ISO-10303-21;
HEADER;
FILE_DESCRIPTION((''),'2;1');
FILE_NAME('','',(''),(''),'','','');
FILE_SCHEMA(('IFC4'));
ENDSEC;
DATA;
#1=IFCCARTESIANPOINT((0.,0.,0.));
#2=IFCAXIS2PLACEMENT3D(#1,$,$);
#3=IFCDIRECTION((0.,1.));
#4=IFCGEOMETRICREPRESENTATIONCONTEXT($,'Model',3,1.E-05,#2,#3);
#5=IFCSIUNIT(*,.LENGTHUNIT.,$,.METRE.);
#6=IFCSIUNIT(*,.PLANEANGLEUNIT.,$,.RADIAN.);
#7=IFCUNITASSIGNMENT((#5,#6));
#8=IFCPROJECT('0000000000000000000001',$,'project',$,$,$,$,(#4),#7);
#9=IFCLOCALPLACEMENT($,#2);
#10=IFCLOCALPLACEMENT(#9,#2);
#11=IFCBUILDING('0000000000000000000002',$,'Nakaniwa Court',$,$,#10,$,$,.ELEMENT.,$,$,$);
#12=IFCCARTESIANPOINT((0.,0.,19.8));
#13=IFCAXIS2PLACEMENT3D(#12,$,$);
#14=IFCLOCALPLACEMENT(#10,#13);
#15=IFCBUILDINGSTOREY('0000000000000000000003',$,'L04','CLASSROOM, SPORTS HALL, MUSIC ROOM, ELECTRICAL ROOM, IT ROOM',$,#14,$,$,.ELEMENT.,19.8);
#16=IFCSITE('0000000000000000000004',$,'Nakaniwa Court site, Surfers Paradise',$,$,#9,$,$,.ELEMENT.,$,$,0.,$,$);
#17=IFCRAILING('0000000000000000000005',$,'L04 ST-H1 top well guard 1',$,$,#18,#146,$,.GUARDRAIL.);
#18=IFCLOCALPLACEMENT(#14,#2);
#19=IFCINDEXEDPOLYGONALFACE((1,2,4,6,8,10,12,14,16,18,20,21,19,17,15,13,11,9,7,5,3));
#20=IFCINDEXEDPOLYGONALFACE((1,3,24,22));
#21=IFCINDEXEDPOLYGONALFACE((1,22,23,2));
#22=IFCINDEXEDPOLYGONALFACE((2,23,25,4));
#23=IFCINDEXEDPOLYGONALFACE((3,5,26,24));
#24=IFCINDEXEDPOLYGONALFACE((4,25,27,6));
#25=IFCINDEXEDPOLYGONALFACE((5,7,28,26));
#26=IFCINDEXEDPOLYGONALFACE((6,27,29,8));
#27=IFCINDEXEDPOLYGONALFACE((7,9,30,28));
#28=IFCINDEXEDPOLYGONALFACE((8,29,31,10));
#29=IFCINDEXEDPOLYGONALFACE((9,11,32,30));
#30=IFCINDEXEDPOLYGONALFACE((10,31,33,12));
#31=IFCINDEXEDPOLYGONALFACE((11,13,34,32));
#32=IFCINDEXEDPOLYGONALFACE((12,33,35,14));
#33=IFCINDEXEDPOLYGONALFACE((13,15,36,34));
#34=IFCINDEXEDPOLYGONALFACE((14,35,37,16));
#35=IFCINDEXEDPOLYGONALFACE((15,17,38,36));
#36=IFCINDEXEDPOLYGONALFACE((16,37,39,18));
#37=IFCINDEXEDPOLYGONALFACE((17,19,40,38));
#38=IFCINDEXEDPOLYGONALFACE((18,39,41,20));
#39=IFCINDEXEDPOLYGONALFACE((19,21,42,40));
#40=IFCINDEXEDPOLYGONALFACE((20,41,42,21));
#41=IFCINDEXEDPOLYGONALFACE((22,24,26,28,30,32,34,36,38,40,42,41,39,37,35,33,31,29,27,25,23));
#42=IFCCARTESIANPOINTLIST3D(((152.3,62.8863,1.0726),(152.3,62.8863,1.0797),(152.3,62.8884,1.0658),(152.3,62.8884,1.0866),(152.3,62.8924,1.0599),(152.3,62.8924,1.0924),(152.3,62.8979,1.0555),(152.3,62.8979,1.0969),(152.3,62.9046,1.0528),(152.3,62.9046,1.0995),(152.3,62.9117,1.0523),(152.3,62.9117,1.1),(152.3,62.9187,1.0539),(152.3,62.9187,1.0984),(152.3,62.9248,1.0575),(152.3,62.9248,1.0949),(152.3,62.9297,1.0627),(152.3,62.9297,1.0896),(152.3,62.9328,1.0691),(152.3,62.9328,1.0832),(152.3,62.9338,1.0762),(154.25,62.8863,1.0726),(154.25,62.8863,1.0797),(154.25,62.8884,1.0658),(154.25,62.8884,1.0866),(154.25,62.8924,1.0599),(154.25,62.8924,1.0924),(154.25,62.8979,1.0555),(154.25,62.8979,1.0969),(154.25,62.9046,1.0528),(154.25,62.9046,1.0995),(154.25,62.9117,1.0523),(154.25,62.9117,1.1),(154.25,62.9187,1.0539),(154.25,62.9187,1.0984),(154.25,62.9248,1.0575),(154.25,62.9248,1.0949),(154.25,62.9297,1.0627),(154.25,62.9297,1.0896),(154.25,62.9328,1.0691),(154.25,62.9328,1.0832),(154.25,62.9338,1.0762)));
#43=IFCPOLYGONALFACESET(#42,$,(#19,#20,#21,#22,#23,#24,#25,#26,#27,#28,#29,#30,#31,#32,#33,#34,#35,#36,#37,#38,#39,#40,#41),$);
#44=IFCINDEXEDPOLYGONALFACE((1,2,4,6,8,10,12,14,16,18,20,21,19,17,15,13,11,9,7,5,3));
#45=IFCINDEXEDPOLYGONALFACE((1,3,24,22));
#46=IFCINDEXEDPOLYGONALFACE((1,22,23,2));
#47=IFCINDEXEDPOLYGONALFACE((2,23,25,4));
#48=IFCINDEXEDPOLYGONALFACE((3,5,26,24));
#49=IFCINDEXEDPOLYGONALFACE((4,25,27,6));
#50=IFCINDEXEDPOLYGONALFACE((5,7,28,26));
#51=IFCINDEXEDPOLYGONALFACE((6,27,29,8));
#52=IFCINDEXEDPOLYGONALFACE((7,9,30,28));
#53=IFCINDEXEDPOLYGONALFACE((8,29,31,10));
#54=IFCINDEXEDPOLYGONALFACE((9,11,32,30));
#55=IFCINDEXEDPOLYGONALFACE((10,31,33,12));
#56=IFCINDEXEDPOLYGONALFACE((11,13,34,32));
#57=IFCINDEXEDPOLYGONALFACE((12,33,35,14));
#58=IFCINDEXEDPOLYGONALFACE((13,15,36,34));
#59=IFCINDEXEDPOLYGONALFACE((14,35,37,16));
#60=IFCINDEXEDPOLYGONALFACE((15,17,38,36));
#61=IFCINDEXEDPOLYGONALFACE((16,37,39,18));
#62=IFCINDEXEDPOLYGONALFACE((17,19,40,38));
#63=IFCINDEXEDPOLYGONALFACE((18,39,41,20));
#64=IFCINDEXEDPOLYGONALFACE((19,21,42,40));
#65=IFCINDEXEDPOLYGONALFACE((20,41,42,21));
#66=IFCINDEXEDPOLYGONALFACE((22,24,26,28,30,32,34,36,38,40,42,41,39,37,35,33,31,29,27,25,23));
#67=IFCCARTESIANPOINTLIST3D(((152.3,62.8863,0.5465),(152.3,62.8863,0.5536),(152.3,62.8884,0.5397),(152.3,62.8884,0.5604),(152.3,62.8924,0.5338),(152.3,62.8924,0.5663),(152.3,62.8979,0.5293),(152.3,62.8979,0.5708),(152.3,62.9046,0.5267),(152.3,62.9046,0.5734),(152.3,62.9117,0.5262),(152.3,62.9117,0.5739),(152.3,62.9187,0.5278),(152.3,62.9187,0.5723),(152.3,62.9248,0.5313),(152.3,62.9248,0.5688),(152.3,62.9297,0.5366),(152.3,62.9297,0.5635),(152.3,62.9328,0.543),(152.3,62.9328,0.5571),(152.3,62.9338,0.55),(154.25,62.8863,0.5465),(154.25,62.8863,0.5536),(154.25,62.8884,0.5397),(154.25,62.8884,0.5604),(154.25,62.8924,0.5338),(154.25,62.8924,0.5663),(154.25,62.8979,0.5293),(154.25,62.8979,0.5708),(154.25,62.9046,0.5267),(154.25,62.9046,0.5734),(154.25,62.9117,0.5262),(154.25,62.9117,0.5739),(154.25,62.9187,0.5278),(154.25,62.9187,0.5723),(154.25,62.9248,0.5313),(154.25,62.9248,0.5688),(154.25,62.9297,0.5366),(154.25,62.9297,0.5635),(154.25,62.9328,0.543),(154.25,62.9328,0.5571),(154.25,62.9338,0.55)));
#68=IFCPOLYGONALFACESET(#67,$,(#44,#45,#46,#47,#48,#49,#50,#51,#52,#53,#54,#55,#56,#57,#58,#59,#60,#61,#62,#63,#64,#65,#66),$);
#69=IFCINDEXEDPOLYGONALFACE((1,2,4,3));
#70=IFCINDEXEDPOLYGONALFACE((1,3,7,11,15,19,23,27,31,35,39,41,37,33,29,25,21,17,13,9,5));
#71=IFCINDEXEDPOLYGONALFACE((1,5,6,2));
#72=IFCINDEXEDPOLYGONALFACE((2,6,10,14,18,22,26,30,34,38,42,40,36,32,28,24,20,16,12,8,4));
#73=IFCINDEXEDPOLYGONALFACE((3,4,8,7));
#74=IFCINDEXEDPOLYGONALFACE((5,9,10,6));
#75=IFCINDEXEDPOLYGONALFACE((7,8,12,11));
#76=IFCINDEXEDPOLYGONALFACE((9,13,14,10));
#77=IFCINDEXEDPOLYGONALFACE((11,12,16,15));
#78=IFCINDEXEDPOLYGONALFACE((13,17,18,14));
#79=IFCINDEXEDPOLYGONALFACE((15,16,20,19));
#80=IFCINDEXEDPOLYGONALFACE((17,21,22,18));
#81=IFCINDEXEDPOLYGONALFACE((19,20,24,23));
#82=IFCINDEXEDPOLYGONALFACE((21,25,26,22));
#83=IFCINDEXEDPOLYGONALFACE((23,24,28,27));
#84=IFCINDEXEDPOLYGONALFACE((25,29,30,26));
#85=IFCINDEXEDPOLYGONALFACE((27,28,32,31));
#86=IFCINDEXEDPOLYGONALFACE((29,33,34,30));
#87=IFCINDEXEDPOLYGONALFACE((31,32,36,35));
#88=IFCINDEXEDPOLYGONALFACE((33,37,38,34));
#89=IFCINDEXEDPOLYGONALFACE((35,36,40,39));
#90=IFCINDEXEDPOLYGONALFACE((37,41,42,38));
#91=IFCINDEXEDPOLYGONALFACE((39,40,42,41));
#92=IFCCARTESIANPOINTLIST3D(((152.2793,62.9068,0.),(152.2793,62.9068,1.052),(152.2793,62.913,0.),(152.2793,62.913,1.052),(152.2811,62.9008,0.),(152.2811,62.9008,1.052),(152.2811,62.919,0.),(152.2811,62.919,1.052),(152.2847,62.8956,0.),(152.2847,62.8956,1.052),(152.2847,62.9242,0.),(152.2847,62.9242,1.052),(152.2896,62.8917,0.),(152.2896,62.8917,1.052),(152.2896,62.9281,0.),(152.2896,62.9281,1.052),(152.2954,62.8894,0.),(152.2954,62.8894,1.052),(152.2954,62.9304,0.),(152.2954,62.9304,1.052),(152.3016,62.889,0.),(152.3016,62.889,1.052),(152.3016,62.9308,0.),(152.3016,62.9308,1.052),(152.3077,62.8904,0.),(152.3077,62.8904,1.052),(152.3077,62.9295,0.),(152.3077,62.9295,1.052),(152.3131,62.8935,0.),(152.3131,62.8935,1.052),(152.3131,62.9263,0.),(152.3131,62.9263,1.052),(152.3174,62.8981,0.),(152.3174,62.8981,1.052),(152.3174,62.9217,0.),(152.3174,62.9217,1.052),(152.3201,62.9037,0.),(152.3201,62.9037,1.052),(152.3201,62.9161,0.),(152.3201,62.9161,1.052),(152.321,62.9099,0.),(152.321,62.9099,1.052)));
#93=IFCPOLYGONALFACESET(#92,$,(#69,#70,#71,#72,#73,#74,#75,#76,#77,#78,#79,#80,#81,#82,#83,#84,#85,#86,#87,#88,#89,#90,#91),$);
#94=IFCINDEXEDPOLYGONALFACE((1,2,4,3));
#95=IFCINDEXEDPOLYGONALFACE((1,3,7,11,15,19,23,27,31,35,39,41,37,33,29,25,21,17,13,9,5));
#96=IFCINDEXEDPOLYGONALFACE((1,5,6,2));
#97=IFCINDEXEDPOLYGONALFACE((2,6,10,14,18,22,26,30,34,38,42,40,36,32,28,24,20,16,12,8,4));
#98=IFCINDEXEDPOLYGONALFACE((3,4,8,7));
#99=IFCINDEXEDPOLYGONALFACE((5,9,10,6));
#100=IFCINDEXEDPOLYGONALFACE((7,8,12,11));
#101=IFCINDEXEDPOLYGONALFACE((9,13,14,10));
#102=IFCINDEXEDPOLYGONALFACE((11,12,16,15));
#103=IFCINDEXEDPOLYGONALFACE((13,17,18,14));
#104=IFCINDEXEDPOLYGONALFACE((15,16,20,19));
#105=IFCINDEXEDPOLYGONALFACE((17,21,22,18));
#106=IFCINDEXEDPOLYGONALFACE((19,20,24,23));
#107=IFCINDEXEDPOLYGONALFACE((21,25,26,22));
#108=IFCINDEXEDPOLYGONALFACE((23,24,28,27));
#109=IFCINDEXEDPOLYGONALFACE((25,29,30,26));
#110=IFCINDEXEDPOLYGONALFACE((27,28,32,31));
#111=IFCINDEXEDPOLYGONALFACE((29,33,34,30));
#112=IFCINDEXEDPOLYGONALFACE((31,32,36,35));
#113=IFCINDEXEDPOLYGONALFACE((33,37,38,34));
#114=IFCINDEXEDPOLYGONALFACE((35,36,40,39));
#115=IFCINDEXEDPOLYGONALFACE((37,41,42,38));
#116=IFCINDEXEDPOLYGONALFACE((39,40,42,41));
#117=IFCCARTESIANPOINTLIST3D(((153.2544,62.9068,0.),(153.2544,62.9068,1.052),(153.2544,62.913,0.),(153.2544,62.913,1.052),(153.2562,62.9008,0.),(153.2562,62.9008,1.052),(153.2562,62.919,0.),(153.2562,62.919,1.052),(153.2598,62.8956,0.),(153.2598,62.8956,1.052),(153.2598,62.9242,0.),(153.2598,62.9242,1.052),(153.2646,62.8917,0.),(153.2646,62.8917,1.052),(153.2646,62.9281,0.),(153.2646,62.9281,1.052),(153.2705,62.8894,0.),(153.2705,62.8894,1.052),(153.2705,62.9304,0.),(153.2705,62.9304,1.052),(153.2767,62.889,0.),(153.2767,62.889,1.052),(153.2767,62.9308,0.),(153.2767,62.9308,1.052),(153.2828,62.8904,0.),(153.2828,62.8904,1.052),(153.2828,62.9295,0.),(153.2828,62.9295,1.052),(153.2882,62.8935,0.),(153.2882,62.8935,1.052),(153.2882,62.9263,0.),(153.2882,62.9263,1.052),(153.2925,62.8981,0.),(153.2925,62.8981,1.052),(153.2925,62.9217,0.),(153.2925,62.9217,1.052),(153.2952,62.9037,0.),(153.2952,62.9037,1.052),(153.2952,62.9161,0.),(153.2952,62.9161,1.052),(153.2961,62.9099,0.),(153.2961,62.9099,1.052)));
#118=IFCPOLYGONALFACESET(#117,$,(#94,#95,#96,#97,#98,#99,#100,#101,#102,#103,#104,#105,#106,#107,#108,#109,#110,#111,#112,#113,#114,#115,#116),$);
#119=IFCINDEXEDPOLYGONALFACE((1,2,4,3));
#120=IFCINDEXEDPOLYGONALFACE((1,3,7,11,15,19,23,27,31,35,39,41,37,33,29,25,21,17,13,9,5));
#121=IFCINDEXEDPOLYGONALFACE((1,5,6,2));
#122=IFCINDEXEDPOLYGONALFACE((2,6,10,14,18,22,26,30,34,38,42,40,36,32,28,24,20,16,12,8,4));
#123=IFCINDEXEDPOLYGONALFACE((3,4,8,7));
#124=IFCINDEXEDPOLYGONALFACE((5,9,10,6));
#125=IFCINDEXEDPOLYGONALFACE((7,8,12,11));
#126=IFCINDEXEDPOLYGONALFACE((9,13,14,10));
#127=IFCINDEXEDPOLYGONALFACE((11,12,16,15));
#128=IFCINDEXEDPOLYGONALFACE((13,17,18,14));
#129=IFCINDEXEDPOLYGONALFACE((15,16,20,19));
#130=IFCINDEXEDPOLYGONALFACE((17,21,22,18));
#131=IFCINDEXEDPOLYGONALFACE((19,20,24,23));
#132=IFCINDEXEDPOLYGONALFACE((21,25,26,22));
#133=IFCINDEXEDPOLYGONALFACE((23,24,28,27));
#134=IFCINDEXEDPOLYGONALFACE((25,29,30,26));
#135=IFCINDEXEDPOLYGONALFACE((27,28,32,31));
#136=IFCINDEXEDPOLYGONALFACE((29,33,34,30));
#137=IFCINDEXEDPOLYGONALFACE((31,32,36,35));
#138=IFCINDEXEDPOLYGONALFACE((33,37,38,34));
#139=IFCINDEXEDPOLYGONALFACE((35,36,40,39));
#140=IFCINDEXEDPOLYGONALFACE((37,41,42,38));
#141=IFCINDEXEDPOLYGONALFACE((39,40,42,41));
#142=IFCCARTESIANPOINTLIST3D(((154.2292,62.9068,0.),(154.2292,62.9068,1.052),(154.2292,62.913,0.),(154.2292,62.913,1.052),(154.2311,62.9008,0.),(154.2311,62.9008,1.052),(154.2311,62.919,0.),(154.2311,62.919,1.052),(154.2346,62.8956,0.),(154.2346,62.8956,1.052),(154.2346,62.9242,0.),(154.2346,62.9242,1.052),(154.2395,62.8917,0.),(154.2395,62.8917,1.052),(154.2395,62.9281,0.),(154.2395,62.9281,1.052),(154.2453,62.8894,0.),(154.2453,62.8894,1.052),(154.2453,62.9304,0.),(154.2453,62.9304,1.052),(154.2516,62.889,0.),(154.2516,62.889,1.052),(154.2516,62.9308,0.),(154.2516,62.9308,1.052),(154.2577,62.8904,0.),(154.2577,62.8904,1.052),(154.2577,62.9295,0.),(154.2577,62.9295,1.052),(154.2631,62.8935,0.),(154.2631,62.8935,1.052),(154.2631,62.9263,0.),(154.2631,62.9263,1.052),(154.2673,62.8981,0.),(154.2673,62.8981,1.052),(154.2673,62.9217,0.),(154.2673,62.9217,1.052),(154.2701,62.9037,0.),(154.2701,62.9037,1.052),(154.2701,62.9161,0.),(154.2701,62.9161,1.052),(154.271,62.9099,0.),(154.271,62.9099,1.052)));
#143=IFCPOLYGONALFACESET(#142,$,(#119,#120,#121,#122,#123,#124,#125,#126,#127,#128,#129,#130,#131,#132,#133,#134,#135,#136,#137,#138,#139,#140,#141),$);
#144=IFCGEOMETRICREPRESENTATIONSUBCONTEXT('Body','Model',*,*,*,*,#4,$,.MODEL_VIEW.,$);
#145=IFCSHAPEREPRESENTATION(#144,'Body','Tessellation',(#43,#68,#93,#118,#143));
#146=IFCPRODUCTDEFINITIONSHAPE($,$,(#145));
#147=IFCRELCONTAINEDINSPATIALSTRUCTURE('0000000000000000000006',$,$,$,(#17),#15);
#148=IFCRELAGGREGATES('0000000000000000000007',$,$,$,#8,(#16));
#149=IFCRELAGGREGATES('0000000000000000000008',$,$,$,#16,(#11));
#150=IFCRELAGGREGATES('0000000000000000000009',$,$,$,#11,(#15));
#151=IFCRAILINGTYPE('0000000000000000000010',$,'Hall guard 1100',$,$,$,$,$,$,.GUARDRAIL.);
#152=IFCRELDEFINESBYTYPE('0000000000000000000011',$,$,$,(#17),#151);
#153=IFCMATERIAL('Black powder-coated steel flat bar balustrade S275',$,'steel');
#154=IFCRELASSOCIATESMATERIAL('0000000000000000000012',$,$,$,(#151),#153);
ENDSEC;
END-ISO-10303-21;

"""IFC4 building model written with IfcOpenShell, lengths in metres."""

from ifc_helpers import new_model, si_unit, direction, frame, origin, origin_2d, place, context, subcontext, project, spatial, circle, extrude, material, type_object, element, save


model = new_model("IFC4")

# Units and contexts
model_context = context("Model", 3, precision=1e-05, world=origin(), true_north=direction((0.0, 1.0)))
body_context = subcontext(model_context, "Body", "Model", "MODEL_VIEW")
ifc_project = project(units=[si_unit("LENGTHUNIT", "METRE"), si_unit("PLANEANGLEUNIT", "RADIAN")], contexts=[model_context])

# Site, building, storey
site_placement = place(None, origin())
site = spatial("IfcSite", under=ifc_project, at=site_placement, Name="Nakaniwa Court site, Surfers Paradise", CompositionType="ELEMENT", RefElevation=0.0)
building_placement = place(site_placement, origin())
building = spatial("IfcBuilding", under=site, at=building_placement, Name="Nakaniwa Court", CompositionType="ELEMENT")
storey_placement = place(building_placement, frame((0.0, 0.0, 19.8)))
storey = spatial("IfcBuildingStorey", under=building, at=storey_placement, Name="L04", Description="CLASSROOM, SPORTS HALL, MUSIC ROOM, ELECTRICAL ROOM, IT ROOM", CompositionType="ELEMENT", Elevation=19.8)

# Railing
ifc_material_1 = material(Name="Black powder-coated steel flat bar balustrade S275", Category="steel")
railing_type_1 = type_object("IfcRailingType", Name="Hall guard 1100", PredefinedType="GUARDRAIL", material=ifc_material_1)
railing_1_placement = place(storey_placement, frame((152.3, 62.9099, 0.0)))
element("IfcRailing", 1, at=railing_1_placement, inside=storey, type_object=railing_type_1, Name="L04 ST-H1 top well guard 1", PredefinedType="GUARDRAIL", context=body_context, shape_type="SweptSolid", body=[
    extrude(circle(Radius=0.0239, at=origin_2d()), frame((0.0, 0.0, 1.0762), z_axis=(1.0, 0.0, 0.0), x_axis=(0.0, 1.0, 0.0)), (0.0, 0.0, 1.0), 1.95),
    extrude(circle(Radius=0.0239, at=origin_2d()), frame((0.0, 0.0, 0.55), z_axis=(1.0, 0.0, 0.0), x_axis=(0.0, 1.0, 0.0)), (0.0, 0.0, 1.0), 1.95),
    extrude(circle(Radius=0.021, at=origin_2d()), origin(), (0.0, 0.0, 1.0), 1.052),
    extrude(circle(Radius=0.021, at=origin_2d()), frame((0.9751, 0.0, 0.0)), (0.0, 0.0, 1.0), 1.052),
    extrude(circle(Radius=0.021, at=origin_2d()), frame((1.95, 0.0, 0.0)), (0.0, 0.0, 1.0), 1.052),
])

save(model, "model.ifc")
